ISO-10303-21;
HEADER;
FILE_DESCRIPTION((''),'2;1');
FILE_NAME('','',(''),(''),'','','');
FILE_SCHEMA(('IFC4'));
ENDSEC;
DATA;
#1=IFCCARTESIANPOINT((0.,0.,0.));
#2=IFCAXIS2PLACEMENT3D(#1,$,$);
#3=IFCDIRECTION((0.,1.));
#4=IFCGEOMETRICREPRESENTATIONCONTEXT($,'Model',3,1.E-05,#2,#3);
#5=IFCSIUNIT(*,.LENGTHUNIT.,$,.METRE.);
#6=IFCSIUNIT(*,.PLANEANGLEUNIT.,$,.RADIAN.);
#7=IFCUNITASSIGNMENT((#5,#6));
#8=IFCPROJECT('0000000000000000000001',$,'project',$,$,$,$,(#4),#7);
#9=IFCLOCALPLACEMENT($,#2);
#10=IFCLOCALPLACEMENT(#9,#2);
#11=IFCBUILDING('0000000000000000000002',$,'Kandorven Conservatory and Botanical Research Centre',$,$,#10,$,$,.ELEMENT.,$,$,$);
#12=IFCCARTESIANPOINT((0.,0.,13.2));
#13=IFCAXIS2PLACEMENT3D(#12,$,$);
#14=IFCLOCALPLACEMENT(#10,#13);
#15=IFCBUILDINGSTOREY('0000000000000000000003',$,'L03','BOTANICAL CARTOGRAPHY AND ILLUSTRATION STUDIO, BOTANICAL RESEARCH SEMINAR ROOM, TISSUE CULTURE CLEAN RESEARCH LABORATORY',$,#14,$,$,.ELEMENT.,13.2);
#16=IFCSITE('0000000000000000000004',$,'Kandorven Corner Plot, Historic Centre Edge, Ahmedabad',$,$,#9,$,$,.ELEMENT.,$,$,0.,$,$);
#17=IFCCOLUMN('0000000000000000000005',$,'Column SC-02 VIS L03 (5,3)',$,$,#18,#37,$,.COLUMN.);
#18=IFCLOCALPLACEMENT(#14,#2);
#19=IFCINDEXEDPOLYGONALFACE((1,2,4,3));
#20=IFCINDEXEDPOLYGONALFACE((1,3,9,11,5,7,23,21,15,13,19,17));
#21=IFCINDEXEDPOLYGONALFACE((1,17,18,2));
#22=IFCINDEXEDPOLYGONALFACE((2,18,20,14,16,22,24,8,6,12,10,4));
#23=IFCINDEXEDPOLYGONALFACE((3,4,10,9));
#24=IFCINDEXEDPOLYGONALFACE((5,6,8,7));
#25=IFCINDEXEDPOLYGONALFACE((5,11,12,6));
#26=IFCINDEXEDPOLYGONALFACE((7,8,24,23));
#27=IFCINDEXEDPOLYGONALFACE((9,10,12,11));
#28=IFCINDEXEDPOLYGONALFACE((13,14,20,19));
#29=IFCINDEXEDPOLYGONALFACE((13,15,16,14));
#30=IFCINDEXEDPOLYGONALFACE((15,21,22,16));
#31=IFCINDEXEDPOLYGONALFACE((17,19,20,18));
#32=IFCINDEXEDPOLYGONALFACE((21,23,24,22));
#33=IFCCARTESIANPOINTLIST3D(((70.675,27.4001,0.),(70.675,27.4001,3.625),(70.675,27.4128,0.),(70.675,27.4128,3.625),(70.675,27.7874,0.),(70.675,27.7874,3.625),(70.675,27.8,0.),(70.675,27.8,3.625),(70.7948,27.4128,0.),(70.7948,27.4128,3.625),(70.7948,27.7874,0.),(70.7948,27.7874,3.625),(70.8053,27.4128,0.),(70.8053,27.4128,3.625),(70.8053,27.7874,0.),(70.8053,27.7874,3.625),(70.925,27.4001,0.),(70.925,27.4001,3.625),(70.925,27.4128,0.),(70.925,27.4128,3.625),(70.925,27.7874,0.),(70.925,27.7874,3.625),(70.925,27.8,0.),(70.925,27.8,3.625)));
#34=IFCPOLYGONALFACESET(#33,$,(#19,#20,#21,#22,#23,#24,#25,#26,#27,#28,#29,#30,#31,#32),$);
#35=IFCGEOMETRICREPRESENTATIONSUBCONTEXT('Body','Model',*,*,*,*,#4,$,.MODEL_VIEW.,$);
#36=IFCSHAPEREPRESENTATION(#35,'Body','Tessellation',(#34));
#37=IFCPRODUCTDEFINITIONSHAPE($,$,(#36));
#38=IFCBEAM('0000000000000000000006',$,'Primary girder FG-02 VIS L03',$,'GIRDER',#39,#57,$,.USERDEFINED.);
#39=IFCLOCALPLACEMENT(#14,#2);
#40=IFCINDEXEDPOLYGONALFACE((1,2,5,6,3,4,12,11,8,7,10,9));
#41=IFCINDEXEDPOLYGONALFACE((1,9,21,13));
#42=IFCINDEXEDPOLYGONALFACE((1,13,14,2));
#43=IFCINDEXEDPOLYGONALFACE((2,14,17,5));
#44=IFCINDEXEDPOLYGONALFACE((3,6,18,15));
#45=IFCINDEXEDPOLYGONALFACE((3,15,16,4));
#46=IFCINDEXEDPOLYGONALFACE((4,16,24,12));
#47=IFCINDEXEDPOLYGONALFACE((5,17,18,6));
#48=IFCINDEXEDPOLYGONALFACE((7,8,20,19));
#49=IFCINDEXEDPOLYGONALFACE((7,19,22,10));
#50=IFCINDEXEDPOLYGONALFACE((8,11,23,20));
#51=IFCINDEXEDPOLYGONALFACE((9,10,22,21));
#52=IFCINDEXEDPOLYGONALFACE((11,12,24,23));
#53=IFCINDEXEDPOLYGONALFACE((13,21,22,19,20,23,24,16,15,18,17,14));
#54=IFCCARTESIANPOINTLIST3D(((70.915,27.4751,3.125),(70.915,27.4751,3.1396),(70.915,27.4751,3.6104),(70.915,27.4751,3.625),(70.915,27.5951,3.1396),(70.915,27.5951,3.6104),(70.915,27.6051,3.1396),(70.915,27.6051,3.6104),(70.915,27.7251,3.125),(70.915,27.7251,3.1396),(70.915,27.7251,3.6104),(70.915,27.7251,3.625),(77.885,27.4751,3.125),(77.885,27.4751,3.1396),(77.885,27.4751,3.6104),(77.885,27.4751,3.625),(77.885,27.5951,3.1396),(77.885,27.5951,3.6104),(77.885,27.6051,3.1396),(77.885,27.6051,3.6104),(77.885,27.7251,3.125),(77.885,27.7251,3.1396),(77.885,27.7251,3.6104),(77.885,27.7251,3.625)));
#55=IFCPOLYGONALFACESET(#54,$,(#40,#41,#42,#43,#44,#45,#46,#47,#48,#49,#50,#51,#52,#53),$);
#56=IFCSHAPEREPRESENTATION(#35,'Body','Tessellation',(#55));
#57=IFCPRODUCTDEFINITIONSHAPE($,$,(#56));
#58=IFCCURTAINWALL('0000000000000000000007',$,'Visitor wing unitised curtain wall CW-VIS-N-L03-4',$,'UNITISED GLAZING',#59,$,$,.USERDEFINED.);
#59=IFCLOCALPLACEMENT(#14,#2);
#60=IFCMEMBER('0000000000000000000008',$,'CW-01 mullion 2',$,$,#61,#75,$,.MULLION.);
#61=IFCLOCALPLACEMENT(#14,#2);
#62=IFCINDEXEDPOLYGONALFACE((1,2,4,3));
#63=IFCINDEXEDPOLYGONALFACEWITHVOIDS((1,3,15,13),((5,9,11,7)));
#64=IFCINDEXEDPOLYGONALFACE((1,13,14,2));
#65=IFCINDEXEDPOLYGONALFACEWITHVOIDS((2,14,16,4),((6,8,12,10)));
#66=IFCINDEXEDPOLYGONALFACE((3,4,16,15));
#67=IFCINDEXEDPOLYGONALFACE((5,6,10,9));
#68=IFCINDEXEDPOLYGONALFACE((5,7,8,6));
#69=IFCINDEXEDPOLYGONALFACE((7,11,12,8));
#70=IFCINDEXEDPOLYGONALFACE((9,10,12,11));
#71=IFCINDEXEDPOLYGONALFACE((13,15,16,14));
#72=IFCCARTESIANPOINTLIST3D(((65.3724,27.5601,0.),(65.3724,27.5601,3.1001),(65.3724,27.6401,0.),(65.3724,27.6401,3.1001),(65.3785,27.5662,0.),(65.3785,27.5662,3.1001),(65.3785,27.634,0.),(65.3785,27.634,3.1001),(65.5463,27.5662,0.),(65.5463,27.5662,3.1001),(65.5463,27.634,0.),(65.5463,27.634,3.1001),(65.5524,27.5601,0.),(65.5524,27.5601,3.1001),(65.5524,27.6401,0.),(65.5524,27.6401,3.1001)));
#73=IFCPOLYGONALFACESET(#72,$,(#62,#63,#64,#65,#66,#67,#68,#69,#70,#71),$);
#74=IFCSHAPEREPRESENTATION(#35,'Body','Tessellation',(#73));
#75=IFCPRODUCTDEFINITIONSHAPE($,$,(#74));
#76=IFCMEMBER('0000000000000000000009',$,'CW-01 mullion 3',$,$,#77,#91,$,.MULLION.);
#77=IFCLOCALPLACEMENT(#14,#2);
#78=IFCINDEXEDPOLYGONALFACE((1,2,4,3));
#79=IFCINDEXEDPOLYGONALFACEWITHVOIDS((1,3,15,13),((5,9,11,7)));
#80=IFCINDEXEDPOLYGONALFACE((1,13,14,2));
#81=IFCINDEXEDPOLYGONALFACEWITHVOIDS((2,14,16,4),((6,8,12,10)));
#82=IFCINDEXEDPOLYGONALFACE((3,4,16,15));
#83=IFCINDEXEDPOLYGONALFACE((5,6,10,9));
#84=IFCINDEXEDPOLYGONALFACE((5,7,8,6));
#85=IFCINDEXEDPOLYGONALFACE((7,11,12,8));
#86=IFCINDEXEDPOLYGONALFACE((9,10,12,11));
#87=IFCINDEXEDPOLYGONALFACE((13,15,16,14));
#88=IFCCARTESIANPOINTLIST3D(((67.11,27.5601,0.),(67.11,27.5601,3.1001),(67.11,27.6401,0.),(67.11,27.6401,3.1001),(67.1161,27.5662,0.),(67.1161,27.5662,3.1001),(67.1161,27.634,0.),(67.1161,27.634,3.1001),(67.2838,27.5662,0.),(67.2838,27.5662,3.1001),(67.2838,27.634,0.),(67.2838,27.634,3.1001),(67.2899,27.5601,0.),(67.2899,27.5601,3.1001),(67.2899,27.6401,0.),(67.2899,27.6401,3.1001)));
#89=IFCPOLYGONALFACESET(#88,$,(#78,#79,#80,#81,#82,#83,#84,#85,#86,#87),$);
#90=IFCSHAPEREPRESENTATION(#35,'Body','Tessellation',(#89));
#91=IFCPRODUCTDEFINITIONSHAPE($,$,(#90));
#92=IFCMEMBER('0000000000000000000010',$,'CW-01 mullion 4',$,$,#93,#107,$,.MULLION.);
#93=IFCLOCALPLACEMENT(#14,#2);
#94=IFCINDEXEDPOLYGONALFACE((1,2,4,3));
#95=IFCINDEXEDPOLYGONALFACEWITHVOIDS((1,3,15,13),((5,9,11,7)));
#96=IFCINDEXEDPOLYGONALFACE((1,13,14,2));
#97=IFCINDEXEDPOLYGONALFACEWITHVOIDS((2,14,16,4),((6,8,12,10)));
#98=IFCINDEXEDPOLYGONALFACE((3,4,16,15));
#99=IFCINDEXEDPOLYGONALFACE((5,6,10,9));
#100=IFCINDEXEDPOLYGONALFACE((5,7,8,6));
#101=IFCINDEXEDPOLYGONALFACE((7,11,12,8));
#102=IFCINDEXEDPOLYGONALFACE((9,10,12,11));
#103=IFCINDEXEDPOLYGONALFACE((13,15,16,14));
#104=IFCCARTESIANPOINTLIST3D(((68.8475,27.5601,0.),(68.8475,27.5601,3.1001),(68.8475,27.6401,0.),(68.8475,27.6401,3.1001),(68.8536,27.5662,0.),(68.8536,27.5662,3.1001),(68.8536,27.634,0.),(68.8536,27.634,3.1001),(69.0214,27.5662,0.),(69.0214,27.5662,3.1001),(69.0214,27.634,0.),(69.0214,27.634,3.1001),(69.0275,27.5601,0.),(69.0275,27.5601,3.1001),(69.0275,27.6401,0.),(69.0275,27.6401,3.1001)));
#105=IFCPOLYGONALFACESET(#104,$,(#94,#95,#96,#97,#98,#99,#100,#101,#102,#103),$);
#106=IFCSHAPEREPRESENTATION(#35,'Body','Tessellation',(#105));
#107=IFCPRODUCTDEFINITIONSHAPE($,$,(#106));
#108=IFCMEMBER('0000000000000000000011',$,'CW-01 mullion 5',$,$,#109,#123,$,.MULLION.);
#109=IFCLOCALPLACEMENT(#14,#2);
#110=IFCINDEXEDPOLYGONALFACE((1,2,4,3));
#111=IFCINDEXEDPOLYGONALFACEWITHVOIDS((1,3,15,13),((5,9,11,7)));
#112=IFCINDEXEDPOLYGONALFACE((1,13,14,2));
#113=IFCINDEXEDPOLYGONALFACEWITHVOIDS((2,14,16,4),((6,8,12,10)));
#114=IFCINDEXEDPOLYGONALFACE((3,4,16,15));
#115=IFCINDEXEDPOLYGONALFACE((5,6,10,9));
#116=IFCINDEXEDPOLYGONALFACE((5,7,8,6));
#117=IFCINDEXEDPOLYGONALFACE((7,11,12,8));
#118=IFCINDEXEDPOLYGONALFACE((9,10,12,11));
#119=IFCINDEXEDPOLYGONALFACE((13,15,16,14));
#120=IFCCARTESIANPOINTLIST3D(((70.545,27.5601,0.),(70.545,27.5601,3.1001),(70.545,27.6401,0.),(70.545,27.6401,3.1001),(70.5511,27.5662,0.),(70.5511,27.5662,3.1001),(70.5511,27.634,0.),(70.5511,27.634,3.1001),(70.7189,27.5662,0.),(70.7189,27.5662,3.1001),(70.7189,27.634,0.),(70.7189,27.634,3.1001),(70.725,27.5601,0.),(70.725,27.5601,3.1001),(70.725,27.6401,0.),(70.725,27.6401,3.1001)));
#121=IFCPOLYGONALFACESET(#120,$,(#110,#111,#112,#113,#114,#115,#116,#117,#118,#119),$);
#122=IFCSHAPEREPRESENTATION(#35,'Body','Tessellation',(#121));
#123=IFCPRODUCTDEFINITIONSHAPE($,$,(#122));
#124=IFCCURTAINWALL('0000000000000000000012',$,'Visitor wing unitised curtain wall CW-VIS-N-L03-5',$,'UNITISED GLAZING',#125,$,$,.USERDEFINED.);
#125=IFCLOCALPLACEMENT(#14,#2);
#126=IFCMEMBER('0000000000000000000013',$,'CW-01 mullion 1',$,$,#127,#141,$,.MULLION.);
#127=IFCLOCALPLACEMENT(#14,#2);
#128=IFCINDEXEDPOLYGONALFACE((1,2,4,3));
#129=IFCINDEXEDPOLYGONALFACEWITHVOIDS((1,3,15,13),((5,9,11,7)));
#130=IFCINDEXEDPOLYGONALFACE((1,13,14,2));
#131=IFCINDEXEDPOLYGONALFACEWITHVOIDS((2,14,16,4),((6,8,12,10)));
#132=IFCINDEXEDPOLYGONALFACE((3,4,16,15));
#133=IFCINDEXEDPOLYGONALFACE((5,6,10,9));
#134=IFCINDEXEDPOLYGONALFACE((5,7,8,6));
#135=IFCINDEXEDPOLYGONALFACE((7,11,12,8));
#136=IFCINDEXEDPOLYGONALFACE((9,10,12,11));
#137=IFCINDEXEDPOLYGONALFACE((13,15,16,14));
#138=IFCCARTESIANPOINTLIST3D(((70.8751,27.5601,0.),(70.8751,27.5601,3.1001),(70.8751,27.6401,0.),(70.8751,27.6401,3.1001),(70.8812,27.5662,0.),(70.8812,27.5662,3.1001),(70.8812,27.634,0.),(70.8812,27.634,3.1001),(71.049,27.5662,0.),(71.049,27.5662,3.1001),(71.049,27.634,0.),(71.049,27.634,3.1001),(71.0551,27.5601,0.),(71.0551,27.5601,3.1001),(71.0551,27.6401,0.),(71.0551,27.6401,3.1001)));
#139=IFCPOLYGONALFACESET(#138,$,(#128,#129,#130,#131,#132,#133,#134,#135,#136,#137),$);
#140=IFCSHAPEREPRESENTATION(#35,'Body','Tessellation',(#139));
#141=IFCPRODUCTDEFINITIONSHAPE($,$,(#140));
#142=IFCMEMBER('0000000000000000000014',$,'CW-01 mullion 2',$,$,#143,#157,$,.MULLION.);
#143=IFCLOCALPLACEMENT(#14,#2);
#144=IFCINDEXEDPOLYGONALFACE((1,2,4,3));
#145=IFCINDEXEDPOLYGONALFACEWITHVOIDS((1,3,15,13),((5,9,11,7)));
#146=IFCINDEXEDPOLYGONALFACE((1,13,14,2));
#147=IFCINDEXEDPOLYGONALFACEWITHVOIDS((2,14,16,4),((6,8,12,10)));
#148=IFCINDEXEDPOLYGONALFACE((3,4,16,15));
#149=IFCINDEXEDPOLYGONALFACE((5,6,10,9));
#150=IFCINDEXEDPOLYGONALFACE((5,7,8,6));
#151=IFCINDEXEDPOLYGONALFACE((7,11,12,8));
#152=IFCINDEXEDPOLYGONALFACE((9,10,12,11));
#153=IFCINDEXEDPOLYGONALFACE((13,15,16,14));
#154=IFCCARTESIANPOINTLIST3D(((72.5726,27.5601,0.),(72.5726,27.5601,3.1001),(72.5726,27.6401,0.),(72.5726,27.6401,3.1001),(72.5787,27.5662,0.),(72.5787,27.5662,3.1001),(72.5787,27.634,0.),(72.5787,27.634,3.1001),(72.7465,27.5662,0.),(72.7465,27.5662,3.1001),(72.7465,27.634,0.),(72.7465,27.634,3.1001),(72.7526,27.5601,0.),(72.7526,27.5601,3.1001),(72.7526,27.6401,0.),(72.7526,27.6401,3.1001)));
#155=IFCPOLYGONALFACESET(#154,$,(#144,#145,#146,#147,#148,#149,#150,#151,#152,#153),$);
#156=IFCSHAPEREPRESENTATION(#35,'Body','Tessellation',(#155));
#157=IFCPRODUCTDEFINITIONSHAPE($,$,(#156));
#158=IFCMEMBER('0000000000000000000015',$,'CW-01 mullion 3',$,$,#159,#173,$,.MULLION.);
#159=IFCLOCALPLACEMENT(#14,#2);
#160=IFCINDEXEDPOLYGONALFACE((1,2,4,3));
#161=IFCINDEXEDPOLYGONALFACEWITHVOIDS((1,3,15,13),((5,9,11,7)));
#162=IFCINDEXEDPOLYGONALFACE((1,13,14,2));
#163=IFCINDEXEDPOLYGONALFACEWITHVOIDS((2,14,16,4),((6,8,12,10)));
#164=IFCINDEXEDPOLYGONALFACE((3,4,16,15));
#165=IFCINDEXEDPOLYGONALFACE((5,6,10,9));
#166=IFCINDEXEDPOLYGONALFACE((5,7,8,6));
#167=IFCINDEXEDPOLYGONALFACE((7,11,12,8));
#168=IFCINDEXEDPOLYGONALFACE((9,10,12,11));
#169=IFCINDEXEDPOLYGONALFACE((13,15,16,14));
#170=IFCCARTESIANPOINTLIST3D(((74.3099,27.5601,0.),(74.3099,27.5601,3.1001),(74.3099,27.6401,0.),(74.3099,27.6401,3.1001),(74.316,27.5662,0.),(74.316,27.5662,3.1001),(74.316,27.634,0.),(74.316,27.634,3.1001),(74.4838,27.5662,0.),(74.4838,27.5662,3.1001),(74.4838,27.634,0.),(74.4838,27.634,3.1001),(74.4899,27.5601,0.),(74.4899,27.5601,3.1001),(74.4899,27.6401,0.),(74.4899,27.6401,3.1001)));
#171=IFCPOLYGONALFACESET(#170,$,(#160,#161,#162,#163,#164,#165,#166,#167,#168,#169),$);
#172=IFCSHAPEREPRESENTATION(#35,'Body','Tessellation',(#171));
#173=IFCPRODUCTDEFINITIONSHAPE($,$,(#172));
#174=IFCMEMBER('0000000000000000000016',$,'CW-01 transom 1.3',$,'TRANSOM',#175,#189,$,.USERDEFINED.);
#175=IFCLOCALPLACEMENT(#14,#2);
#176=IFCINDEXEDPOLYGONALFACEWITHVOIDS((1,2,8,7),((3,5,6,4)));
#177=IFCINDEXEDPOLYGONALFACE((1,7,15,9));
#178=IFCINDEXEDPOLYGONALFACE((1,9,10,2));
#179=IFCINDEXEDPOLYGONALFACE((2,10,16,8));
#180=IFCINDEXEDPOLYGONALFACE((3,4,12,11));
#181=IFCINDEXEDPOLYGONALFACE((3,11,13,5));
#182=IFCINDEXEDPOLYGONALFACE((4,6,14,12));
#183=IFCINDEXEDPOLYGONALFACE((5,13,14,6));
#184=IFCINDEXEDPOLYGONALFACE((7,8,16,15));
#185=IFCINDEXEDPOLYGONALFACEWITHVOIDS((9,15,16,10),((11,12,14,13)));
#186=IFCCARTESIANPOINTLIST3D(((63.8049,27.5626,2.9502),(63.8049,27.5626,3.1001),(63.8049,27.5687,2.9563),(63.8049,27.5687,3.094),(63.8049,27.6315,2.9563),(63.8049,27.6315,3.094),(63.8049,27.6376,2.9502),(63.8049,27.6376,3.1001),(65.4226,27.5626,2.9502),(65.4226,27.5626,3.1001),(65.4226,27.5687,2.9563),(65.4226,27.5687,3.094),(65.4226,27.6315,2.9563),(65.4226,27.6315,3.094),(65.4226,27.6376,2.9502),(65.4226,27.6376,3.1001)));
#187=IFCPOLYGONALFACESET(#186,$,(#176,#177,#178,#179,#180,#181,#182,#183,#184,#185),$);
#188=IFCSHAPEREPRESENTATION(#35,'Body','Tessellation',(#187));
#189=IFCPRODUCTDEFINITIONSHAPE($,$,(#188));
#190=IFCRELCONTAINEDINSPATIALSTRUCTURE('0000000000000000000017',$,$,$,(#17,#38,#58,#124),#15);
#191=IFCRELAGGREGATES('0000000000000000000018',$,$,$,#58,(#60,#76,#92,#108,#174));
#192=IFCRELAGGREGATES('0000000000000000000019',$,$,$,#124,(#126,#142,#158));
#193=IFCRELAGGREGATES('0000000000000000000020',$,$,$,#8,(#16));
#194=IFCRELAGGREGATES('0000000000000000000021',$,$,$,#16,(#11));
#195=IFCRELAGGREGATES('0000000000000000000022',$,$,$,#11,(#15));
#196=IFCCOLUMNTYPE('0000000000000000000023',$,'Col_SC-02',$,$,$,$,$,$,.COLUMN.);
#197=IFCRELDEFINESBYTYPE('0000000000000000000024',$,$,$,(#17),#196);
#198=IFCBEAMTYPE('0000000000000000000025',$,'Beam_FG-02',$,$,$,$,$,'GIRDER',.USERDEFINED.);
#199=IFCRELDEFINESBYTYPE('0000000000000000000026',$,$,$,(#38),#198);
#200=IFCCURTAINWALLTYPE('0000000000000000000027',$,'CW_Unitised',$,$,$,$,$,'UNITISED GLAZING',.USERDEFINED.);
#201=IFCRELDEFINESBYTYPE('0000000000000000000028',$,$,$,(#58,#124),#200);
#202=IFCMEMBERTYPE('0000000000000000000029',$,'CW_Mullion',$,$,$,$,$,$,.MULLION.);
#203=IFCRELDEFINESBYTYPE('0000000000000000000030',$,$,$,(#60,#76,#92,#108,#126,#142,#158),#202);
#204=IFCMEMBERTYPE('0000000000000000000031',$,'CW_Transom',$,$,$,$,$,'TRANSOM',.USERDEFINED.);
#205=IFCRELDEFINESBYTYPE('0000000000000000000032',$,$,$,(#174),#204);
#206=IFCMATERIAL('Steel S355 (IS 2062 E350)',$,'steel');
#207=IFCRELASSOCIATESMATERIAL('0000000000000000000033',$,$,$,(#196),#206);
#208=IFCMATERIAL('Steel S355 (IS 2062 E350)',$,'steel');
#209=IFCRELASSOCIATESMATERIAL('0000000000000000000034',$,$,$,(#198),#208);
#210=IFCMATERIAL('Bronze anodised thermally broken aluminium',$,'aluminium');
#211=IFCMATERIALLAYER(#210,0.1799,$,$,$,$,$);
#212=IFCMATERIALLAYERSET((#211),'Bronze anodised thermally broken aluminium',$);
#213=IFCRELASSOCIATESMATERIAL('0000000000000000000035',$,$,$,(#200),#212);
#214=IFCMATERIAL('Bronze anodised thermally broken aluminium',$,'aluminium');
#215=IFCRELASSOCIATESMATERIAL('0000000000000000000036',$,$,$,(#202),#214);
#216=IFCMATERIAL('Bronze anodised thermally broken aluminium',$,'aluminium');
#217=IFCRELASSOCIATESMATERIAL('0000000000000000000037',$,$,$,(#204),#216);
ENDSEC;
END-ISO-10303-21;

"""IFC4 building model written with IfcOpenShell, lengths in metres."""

from ifc_helpers import new_model, si_unit, direction, frame, origin, origin_2d, place, context, subcontext, project, spatial, hollow_rectangle, i_section, extrude, material, layer, layer_set, material_profile, profile_set, type_object, element, aggregate, save


model = new_model("IFC4")

# Units and contexts
model_context = context("Model", 3, precision=1e-05, world=origin(), true_north=direction((0.0, 1.0)))
body_context = subcontext(model_context, "Body", "Model", "MODEL_VIEW")
ifc_project = project(units=[si_unit("LENGTHUNIT", "METRE"), si_unit("PLANEANGLEUNIT", "RADIAN")], contexts=[model_context])

# Site, building, storey
site_placement = place(None, origin())
site = spatial("IfcSite", under=ifc_project, at=site_placement, Name="Kandorven Corner Plot, Historic Centre Edge, Ahmedabad", CompositionType="ELEMENT", RefElevation=0.0)
building_placement = place(site_placement, origin())
building = spatial("IfcBuilding", under=site, at=building_placement, Name="Kandorven Conservatory and Botanical Research Centre", CompositionType="ELEMENT")
storey_placement = place(building_placement, frame((0.0, 0.0, 13.2)))
storey = spatial("IfcBuildingStorey", under=building, at=storey_placement, Name="L03", Description="BOTANICAL CARTOGRAPHY AND ILLUSTRATION STUDIO, BOTANICAL RESEARCH SEMINAR ROOM, TISSUE CULTURE CLEAN RESEARCH LABORATORY", CompositionType="ELEMENT", Elevation=13.2)

# Column
ifc_material_1 = material(Name="Steel S355 (IS 2062 E350)", Category="steel")
ifc_material_profile_1 = material_profile(ifc_material_1, i_section(OverallWidth=0.25, OverallDepth=0.3999, WebThickness=0.0105, FlangeThickness=0.0127, at=origin_2d()))
ifc_profile_set_1 = profile_set([ifc_material_profile_1], Name="Steel S355 (IS 2062 E350)")
column_type = type_object("IfcColumnType", Name="Col_SC-02", PredefinedType="COLUMN", material=ifc_profile_set_1)
column_placement = place(storey_placement, frame((70.8, 27.6001, 0.0), z_axis=(0.0, 0.0, 1.0), x_axis=(1.0, 0.0, 0.0)))
element("IfcColumn", 1, at=column_placement, inside=storey, type_object=column_type, Name="Column SC-02 VIS L03 (5,3)", PredefinedType="COLUMN", context=body_context, shape_type="SweptSolid", body=[
    extrude(i_section(OverallWidth=0.25, OverallDepth=0.3999, WebThickness=0.0105, FlangeThickness=0.0127, at=origin_2d()), origin(), (0.0, 0.0, 1.0), 3.625),
])

# Beam
ifc_material_2 = material(Name="Steel S355 (IS 2062 E350)", Category="steel")
ifc_material_profile_2 = material_profile(ifc_material_2, i_section(OverallWidth=0.25, OverallDepth=0.5, WebThickness=0.01, FlangeThickness=0.0146, at=origin_2d()))
ifc_profile_set_2 = profile_set([ifc_material_profile_2], Name="Steel S355 (IS 2062 E350)")
beam_type = type_object("IfcBeamType", Name="Beam_FG-02", ElementType="GIRDER", PredefinedType="USERDEFINED", material=ifc_profile_set_2)
beam_placement = place(storey_placement, frame((70.915, 27.6001, 3.375), z_axis=(1.0, 0.0, 0.0), x_axis=(0.0, 1.0, 0.0)))
element("IfcBeam", 2, at=beam_placement, inside=storey, type_object=beam_type, Name="Primary girder FG-02 VIS L03", ObjectType="GIRDER", PredefinedType="USERDEFINED", context=body_context, shape_type="SweptSolid", body=[
    extrude(i_section(OverallWidth=0.25, OverallDepth=0.5, WebThickness=0.01, FlangeThickness=0.0146, at=origin_2d()), origin(), (0.0, 0.0, 1.0), 6.97),
])

# Curtain walls, members
ifc_material_3 = material(Name="Bronze anodised thermally broken aluminium", Category="aluminium")
ifc_layer_1 = layer(ifc_material_3, 0.1799)
ifc_layer_set_1 = layer_set([ifc_layer_1], Name="Bronze anodised thermally broken aluminium")
curtain_wall_type = type_object("IfcCurtainWallType", Name="CW_Unitised", ElementType="UNITISED GLAZING", PredefinedType="USERDEFINED", material=ifc_layer_set_1)
curtain_wall_1_placement = place(storey_placement, origin())
curtain_wall_1 = element("IfcCurtainWall", 3, at=curtain_wall_1_placement, inside=storey, type_object=curtain_wall_type, Name="Visitor wing unitised curtain wall CW-VIS-N-L03-4", ObjectType="UNITISED GLAZING", PredefinedType="USERDEFINED")
ifc_material_4 = material(Name="Bronze anodised thermally broken aluminium", Category="aluminium")
ifc_material_profile_3 = material_profile(ifc_material_4, hollow_rectangle(XDim=0.0801, YDim=0.1799, WallThickness=0.0061, at=origin_2d()))
ifc_profile_set_3 = profile_set([ifc_material_profile_3], Name="Bronze anodised thermally broken aluminium")
member_type_1 = type_object("IfcMemberType", Name="CW_Mullion", PredefinedType="MULLION", material=ifc_profile_set_3)
member_1_placement = place(storey_placement, frame((65.4624, 27.6001, 0.0), z_axis=(0.0, 0.0, 1.0), x_axis=(0.0, 1.0, 0.0)))
member_1 = element("IfcMember", 4, at=member_1_placement, type_object=member_type_1, Name="CW-01 mullion 2", PredefinedType="MULLION", context=body_context, shape_type="SweptSolid", body=[
    extrude(hollow_rectangle(XDim=0.0801, YDim=0.1799, WallThickness=0.0061, at=origin_2d()), origin(), (0.0, 0.0, 1.0), 3.1001),
])
member_2_placement = place(storey_placement, frame((67.2, 27.6001, 0.0), z_axis=(0.0, 0.0, 1.0), x_axis=(0.0, 1.0, 0.0)))
member_2 = element("IfcMember", 5, at=member_2_placement, type_object=member_type_1, Name="CW-01 mullion 3", PredefinedType="MULLION", context=body_context, shape_type="SweptSolid", body=[
    extrude(hollow_rectangle(XDim=0.0801, YDim=0.1799, WallThickness=0.0061, at=origin_2d()), origin(), (0.0, 0.0, 1.0), 3.1001),
])
member_3_placement = place(storey_placement, frame((68.9375, 27.6001, 0.0), z_axis=(0.0, 0.0, 1.0), x_axis=(0.0, 1.0, 0.0)))
member_3 = element("IfcMember", 6, at=member_3_placement, type_object=member_type_1, Name="CW-01 mullion 4", PredefinedType="MULLION", context=body_context, shape_type="SweptSolid", body=[
    extrude(hollow_rectangle(XDim=0.0801, YDim=0.1799, WallThickness=0.0061, at=origin_2d()), origin(), (0.0, 0.0, 1.0), 3.1001),
])
member_4_placement = place(storey_placement, frame((70.635, 27.6001, 0.0), z_axis=(0.0, 0.0, 1.0), x_axis=(0.0, 1.0, 0.0)))
member_4 = element("IfcMember", 7, at=member_4_placement, type_object=member_type_1, Name="CW-01 mullion 5", PredefinedType="MULLION", context=body_context, shape_type="SweptSolid", body=[
    extrude(hollow_rectangle(XDim=0.0801, YDim=0.1799, WallThickness=0.0061, at=origin_2d()), origin(), (0.0, 0.0, 1.0), 3.1001),
])
curtain_wall_2_placement = place(storey_placement, origin())
curtain_wall_2 = element("IfcCurtainWall", 8, at=curtain_wall_2_placement, inside=storey, type_object=curtain_wall_type, Name="Visitor wing unitised curtain wall CW-VIS-N-L03-5", ObjectType="UNITISED GLAZING", PredefinedType="USERDEFINED")
member_5_placement = place(storey_placement, frame((70.9651, 27.6001, 0.0), z_axis=(0.0, 0.0, 1.0), x_axis=(0.0, 1.0, 0.0)))
member_5 = element("IfcMember", 9, at=member_5_placement, type_object=member_type_1, Name="CW-01 mullion 1", PredefinedType="MULLION", context=body_context, shape_type="SweptSolid", body=[
    extrude(hollow_rectangle(XDim=0.0801, YDim=0.1799, WallThickness=0.0061, at=origin_2d()), origin(), (0.0, 0.0, 1.0), 3.1001),
])
member_6_placement = place(storey_placement, frame((72.6626, 27.6001, 0.0), z_axis=(0.0, 0.0, 1.0), x_axis=(0.0, 1.0, 0.0)))
member_6 = element("IfcMember", 10, at=member_6_placement, type_object=member_type_1, Name="CW-01 mullion 2", PredefinedType="MULLION", context=body_context, shape_type="SweptSolid", body=[
    extrude(hollow_rectangle(XDim=0.0801, YDim=0.1799, WallThickness=0.0061, at=origin_2d()), origin(), (0.0, 0.0, 1.0), 3.1001),
])
member_7_placement = place(storey_placement, frame((74.3999, 27.6001, 0.0), z_axis=(0.0, 0.0, 1.0), x_axis=(0.0, 1.0, 0.0)))
member_7 = element("IfcMember", 11, at=member_7_placement, type_object=member_type_1, Name="CW-01 mullion 3", PredefinedType="MULLION", context=body_context, shape_type="SweptSolid", body=[
    extrude(hollow_rectangle(XDim=0.0801, YDim=0.1799, WallThickness=0.0061, at=origin_2d()), origin(), (0.0, 0.0, 1.0), 3.1001),
])

# Member
ifc_material_5 = material(Name="Bronze anodised thermally broken aluminium", Category="aluminium")
ifc_material_profile_4 = material_profile(ifc_material_5, hollow_rectangle(XDim=0.075, YDim=0.1499, WallThickness=0.0061, at=origin_2d()))
ifc_profile_set_4 = profile_set([ifc_material_profile_4], Name="Bronze anodised thermally broken aluminium")
member_type_2 = type_object("IfcMemberType", Name="CW_Transom", ElementType="TRANSOM", PredefinedType="USERDEFINED", material=ifc_profile_set_4)
member_8_placement = place(storey_placement, frame((63.8049, 27.6001, 3.0251), z_axis=(1.0, 0.0, 0.0), x_axis=(0.0, 1.0, 0.0)))
member_8 = element("IfcMember", 12, at=member_8_placement, type_object=member_type_2, Name="CW-01 transom 1.3", ObjectType="TRANSOM", PredefinedType="USERDEFINED", context=body_context, shape_type="SweptSolid", body=[
    extrude(hollow_rectangle(XDim=0.075, YDim=0.1499, WallThickness=0.0061, at=origin_2d()), origin(), (0.0, 0.0, 1.0), 1.6177),
])

aggregate(curtain_wall_1, [member_1, member_2, member_3, member_4, member_8])
aggregate(curtain_wall_2, [member_5, member_6, member_7])

save(model, "model.ifc")
